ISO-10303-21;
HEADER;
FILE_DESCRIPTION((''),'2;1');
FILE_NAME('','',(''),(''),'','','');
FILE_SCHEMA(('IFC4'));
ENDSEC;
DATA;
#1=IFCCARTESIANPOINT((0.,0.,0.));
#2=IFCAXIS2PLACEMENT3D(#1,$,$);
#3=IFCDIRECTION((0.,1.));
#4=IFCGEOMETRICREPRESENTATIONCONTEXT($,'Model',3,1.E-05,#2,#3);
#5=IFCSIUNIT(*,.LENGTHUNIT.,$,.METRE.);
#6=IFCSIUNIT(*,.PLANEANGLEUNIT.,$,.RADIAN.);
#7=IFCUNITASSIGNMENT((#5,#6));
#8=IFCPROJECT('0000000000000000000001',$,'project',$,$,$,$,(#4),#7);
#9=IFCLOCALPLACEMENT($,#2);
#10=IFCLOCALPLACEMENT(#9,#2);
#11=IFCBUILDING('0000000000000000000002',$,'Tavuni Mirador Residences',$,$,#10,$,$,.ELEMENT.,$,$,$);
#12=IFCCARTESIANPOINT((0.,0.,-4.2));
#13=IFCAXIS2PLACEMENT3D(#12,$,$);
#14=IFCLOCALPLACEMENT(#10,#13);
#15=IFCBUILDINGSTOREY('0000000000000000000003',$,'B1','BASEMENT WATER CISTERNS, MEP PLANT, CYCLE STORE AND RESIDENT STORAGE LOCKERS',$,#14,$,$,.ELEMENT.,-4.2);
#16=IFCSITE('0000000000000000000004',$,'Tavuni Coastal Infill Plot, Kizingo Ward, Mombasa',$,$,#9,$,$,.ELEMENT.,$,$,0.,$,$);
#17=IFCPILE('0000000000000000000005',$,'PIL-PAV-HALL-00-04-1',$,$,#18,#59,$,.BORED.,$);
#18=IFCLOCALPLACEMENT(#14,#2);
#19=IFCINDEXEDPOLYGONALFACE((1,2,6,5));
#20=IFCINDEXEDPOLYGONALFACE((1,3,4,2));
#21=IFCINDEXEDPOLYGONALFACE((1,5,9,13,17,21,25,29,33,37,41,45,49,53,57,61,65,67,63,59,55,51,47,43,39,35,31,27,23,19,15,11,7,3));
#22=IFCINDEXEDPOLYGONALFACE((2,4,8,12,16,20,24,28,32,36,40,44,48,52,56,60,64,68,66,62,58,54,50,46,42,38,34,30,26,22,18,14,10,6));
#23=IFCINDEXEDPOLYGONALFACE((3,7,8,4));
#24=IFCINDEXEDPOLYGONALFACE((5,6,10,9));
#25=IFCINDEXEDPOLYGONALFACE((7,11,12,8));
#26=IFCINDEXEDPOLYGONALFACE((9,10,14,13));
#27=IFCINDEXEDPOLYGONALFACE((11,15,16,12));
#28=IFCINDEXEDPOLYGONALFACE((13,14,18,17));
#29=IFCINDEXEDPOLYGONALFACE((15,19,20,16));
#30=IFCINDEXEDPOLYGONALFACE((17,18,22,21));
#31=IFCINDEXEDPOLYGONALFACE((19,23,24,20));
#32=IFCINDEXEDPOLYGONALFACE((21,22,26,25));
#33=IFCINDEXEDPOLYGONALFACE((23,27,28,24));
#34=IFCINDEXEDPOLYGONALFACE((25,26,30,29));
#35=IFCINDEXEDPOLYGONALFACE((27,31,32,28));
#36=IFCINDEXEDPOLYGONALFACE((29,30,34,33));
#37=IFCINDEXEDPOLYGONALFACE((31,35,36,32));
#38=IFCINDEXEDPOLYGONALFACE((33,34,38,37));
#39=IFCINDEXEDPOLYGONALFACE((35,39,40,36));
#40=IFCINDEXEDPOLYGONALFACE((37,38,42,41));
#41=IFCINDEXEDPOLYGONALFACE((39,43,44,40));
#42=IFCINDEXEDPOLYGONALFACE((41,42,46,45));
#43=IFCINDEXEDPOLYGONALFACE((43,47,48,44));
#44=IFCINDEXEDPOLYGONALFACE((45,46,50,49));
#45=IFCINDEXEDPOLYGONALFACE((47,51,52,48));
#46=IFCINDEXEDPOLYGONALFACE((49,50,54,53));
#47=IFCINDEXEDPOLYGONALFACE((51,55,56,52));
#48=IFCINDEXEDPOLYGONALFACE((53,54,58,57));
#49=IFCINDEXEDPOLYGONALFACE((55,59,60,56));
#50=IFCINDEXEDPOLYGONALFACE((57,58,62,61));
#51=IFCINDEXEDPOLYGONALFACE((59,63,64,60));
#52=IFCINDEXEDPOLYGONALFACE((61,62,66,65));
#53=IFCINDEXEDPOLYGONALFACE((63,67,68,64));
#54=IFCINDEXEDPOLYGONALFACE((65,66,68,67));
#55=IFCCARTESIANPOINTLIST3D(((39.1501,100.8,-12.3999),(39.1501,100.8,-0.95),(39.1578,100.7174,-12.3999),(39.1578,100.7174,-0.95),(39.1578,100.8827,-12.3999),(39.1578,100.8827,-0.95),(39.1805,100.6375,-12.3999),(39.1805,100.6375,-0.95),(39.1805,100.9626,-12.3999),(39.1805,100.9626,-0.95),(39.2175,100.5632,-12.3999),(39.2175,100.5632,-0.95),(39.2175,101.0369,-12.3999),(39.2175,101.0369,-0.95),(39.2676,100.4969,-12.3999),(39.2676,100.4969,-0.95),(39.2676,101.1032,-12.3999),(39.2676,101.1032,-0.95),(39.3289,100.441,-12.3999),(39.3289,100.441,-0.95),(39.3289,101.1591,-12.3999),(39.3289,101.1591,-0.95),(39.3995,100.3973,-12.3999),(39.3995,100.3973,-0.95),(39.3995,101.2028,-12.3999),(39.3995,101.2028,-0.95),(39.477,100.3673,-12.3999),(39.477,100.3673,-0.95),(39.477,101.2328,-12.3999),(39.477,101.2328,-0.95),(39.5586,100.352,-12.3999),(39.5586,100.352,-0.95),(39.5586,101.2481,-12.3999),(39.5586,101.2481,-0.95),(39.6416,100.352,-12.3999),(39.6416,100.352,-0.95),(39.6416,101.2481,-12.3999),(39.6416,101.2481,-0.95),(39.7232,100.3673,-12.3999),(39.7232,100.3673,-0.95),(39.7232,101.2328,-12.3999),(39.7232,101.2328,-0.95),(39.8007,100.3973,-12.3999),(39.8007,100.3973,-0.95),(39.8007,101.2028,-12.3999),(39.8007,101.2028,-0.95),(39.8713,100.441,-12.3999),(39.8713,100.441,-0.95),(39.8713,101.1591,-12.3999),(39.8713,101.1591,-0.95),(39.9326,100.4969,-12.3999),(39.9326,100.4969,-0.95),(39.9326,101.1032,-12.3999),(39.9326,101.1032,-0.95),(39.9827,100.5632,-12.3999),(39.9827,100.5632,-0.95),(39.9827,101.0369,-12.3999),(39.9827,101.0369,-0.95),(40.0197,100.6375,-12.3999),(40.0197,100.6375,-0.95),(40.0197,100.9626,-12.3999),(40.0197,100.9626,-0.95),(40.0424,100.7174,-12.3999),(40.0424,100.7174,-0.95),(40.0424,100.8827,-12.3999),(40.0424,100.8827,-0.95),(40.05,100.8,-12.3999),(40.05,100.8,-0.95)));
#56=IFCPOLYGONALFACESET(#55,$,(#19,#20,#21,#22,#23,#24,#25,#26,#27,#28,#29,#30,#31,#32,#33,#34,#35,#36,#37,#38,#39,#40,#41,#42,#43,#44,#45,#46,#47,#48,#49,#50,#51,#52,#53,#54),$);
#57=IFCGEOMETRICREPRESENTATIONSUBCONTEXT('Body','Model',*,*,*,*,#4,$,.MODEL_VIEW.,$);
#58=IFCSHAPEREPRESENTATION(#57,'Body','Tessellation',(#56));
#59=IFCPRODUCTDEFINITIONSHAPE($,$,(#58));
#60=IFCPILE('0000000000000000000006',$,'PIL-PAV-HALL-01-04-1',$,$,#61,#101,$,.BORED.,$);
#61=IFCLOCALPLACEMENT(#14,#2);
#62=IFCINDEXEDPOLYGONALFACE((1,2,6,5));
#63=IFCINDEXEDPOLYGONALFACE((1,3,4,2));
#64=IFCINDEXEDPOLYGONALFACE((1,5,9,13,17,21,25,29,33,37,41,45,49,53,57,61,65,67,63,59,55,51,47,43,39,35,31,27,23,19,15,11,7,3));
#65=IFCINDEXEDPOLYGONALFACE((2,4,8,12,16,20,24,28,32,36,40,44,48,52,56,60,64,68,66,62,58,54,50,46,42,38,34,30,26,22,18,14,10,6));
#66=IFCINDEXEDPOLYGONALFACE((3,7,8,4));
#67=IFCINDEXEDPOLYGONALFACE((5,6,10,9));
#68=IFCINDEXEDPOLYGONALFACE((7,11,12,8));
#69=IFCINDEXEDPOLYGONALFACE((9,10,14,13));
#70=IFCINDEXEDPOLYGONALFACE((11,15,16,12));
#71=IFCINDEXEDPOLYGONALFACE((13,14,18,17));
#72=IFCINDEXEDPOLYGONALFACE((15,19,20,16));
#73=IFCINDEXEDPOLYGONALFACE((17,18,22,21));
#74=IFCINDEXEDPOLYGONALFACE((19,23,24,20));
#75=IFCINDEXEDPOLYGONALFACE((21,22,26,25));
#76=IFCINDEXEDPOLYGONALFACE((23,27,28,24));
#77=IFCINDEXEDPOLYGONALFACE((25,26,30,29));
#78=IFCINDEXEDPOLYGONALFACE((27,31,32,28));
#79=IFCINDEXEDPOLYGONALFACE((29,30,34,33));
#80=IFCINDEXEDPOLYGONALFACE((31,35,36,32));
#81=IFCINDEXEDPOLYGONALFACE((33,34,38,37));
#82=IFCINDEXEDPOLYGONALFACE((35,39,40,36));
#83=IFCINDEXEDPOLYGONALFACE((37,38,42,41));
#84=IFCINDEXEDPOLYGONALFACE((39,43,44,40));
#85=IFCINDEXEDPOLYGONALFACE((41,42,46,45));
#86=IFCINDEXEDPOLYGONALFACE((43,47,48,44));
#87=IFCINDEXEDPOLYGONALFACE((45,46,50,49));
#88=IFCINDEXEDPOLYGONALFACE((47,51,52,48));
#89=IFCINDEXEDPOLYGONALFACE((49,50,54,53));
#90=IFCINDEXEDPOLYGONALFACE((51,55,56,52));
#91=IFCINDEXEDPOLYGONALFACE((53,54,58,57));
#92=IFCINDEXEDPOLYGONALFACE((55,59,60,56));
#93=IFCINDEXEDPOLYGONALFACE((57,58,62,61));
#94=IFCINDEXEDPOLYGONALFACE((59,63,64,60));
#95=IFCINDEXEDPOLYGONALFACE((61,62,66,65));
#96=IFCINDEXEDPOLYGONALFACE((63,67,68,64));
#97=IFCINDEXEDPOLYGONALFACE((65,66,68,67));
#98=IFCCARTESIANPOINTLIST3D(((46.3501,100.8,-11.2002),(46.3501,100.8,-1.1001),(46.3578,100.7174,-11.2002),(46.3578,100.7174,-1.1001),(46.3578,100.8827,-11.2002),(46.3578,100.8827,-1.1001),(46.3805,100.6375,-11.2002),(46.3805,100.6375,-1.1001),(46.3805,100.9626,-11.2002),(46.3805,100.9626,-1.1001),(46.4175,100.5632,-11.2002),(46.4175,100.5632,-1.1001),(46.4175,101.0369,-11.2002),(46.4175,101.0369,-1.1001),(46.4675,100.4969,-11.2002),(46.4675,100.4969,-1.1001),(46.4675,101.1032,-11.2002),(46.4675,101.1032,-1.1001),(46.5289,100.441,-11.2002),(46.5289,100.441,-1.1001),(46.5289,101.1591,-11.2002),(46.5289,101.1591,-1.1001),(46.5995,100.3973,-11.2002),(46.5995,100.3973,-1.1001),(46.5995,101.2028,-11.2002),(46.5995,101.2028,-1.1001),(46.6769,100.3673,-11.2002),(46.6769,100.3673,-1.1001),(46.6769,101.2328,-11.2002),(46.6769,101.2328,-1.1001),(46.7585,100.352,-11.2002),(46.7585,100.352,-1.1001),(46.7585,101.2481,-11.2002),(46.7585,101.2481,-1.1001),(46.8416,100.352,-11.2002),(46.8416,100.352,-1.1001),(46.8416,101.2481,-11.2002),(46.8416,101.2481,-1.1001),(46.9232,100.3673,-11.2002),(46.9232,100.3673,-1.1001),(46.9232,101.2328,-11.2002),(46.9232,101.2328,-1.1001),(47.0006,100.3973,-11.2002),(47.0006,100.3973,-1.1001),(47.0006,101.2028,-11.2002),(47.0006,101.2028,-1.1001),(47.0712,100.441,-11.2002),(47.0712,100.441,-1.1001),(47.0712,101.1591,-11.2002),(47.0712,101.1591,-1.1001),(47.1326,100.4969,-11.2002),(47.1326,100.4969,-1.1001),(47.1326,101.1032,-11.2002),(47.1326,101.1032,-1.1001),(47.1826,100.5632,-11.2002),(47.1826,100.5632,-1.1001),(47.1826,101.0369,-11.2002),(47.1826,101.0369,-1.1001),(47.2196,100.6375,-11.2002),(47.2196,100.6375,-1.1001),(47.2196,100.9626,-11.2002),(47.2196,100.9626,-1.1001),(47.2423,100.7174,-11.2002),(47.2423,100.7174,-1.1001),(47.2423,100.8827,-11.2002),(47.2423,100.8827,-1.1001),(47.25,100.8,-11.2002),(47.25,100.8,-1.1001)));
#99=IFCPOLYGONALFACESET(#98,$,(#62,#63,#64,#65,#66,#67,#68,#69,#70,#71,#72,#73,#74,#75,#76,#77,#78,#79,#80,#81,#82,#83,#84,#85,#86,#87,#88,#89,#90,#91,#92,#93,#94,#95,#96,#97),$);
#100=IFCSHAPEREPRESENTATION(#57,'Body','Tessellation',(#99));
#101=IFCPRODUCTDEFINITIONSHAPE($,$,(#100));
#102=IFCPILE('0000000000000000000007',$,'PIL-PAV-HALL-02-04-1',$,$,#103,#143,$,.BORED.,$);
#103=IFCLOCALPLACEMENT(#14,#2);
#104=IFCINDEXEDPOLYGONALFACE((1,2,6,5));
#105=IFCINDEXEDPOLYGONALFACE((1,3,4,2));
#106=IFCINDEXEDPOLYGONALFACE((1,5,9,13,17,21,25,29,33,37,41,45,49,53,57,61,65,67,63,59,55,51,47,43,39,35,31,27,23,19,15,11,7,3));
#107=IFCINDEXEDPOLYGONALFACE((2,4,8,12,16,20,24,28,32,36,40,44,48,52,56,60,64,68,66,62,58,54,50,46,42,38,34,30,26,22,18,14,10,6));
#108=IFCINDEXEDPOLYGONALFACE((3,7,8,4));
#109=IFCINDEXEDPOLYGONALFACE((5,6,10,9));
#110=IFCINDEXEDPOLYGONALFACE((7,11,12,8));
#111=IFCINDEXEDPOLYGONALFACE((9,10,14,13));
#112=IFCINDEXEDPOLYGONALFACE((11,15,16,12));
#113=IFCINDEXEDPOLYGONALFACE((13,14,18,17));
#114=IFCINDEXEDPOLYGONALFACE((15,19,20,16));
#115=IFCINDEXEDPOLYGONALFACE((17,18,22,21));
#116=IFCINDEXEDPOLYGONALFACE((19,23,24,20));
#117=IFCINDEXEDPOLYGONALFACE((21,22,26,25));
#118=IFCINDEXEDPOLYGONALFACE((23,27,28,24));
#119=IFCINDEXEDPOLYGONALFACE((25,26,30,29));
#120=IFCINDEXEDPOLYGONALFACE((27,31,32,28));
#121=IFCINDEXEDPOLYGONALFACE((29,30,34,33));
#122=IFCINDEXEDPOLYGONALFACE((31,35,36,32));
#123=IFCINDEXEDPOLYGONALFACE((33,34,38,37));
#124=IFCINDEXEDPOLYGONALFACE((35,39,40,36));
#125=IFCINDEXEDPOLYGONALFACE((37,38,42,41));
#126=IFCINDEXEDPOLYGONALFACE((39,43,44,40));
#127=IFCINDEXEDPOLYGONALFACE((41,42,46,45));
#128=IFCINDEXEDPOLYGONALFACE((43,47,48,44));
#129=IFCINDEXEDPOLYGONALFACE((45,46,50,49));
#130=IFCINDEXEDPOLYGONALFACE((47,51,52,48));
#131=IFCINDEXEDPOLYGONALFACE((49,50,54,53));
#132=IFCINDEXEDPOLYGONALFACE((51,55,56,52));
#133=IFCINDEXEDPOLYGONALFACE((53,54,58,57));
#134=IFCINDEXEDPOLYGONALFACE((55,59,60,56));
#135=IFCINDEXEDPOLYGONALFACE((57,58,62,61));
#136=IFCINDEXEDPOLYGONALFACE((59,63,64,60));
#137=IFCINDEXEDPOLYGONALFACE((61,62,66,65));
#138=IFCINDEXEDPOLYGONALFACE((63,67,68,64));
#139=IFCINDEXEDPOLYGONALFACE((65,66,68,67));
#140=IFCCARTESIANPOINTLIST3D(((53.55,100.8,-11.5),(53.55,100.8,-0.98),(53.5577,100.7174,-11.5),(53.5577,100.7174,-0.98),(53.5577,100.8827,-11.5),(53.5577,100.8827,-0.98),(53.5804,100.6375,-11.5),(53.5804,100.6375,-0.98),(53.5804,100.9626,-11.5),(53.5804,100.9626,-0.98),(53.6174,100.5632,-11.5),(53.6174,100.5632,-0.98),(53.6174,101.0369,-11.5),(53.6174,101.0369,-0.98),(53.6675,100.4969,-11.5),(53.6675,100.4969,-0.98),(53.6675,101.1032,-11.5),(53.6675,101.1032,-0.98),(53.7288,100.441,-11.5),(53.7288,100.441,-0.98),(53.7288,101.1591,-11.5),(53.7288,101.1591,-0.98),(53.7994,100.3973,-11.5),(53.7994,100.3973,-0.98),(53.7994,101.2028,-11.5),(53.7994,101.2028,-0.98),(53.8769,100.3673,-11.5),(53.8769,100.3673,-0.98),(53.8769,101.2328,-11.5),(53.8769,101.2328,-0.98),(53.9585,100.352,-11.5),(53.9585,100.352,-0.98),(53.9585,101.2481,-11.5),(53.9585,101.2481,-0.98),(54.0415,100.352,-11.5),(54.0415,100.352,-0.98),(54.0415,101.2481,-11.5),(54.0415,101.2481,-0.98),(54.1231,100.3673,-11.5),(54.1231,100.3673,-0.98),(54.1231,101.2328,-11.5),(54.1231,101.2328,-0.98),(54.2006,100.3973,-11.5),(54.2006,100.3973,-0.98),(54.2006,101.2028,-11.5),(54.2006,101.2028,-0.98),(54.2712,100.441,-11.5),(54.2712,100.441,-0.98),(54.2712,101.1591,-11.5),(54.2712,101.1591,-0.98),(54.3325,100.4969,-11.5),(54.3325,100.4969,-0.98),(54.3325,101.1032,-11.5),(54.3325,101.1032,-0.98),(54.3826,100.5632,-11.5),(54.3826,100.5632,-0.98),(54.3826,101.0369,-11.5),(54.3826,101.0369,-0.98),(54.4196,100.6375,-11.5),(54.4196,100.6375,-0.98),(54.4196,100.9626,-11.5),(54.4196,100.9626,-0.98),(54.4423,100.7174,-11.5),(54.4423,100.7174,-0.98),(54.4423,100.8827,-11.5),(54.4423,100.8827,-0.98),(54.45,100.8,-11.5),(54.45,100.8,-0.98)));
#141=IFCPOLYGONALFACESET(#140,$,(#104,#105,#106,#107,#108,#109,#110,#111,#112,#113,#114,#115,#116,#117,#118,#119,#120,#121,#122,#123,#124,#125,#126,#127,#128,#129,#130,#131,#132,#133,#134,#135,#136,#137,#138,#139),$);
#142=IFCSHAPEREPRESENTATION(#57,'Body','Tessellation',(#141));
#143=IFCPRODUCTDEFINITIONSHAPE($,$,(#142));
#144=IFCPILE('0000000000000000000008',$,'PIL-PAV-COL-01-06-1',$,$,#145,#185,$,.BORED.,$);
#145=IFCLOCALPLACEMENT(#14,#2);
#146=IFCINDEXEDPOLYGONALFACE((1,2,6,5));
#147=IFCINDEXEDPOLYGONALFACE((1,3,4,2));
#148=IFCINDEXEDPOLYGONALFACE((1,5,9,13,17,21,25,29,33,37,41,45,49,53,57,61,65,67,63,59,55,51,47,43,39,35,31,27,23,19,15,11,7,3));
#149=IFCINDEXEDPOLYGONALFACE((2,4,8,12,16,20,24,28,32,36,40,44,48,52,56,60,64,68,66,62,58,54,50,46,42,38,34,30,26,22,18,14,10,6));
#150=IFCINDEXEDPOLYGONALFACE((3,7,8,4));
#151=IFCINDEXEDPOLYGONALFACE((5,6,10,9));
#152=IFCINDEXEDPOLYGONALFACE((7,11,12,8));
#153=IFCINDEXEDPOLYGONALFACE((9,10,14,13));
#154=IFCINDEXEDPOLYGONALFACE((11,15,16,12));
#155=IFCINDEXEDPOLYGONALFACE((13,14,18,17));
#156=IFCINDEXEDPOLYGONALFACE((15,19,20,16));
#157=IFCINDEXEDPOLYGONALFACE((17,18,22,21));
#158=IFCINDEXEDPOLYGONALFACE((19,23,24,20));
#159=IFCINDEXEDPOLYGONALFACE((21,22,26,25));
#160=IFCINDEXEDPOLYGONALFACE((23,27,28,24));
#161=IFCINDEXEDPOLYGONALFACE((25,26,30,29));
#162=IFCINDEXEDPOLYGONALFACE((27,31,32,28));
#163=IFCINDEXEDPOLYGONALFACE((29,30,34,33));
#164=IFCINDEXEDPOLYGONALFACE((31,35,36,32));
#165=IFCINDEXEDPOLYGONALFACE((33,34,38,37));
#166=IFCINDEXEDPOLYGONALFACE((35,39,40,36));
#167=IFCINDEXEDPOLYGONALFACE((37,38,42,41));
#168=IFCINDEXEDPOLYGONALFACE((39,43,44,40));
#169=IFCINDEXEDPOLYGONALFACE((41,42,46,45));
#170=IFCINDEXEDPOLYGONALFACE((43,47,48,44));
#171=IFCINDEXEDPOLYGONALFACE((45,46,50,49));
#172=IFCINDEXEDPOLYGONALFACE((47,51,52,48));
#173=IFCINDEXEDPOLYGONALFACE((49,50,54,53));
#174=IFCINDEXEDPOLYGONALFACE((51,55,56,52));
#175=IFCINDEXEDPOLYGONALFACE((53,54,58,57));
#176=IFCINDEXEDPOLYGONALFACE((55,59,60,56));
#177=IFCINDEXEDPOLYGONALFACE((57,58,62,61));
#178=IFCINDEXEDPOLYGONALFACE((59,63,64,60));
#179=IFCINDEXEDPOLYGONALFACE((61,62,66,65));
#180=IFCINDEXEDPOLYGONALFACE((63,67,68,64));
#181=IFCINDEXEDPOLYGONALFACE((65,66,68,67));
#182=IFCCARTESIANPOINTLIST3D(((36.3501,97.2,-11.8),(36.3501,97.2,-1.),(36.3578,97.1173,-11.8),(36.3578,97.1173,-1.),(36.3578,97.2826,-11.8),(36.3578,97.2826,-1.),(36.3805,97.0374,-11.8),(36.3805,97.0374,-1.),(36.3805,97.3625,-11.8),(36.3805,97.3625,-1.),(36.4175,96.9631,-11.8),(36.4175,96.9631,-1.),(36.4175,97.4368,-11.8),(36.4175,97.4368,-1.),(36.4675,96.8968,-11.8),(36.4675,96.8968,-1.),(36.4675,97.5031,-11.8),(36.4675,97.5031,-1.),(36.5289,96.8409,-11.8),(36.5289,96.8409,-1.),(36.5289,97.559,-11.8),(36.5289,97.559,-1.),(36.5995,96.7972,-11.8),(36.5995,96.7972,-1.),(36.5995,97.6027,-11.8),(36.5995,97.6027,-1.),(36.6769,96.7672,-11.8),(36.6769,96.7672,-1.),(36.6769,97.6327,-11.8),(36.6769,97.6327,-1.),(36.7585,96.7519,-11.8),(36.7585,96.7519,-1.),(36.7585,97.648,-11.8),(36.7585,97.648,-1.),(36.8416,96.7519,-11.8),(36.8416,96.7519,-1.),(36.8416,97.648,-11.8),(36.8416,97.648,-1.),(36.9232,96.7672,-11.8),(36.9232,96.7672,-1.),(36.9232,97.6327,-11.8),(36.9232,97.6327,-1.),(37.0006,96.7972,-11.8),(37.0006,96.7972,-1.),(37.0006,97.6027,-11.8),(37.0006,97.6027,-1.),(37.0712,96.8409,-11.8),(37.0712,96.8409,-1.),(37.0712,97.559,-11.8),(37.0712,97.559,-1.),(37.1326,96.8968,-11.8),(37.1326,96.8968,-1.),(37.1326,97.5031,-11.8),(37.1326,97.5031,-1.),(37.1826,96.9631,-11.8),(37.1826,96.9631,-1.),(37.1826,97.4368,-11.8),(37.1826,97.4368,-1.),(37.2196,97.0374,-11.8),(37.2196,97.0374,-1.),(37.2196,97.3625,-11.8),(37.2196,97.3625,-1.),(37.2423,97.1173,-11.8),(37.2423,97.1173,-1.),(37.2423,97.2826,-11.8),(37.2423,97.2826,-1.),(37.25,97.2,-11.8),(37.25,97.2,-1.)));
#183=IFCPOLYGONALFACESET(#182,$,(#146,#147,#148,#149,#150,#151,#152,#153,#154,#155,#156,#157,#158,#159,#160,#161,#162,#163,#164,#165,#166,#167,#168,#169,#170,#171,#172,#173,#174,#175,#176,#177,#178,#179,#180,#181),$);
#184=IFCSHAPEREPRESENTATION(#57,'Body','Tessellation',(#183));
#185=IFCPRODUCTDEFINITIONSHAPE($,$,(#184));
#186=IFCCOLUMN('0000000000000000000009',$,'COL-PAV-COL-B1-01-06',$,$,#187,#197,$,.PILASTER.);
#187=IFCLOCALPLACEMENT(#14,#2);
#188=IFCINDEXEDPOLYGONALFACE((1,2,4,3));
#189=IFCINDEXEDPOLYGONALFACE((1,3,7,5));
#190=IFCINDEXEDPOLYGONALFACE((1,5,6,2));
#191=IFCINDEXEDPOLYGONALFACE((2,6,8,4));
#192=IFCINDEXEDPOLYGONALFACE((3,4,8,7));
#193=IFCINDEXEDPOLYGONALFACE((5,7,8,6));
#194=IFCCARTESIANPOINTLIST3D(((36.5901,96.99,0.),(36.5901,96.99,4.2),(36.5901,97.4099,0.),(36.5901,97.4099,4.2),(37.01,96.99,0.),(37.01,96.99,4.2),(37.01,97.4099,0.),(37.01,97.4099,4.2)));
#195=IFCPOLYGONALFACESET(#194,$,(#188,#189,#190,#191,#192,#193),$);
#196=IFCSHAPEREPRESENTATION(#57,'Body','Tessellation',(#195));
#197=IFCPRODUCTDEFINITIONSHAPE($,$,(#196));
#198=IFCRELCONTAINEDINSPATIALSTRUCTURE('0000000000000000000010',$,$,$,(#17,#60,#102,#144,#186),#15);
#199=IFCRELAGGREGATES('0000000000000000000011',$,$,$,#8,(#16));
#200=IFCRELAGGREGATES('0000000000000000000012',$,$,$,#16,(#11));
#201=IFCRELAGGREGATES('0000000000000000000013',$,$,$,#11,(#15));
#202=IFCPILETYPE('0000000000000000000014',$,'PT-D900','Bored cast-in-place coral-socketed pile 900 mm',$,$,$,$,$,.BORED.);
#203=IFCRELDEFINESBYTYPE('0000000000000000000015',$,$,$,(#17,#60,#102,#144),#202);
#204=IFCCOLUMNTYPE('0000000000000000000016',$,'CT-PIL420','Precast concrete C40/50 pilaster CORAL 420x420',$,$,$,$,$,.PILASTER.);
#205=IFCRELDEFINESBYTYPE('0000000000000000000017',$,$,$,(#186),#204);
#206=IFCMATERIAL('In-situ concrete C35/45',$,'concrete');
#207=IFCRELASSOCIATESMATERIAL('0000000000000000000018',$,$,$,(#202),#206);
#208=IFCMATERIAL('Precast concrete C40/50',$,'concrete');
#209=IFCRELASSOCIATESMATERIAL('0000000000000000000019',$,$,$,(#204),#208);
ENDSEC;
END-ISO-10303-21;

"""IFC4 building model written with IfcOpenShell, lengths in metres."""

from ifc_helpers import new_model, si_unit, direction, frame, origin, origin_2d, place, context, subcontext, project, spatial, rectangle, circle, extrude, material, material_profile, profile_set, type_object, element, save


model = new_model("IFC4")

# Units and contexts
model_context = context("Model", 3, precision=1e-05, world=origin(), true_north=direction((0.0, 1.0)))
body_context = subcontext(model_context, "Body", "Model", "MODEL_VIEW")
ifc_project = project(units=[si_unit("LENGTHUNIT", "METRE"), si_unit("PLANEANGLEUNIT", "RADIAN")], contexts=[model_context])

# Site, building, storey
site_placement = place(None, origin())
site = spatial("IfcSite", under=ifc_project, at=site_placement, Name="Tavuni Coastal Infill Plot, Kizingo Ward, Mombasa", CompositionType="ELEMENT", RefElevation=0.0)
building_placement = place(site_placement, origin())
building = spatial("IfcBuilding", under=site, at=building_placement, Name="Tavuni Mirador Residences", CompositionType="ELEMENT")
storey_placement = place(building_placement, frame((0.0, 0.0, -4.2)))
storey = spatial("IfcBuildingStorey", under=building, at=storey_placement, Name="B1", Description="BASEMENT WATER CISTERNS, MEP PLANT, CYCLE STORE AND RESIDENT STORAGE LOCKERS", CompositionType="ELEMENT", Elevation=-4.2)

# Shared definitions
ifc_material_1 = material(Name="In-situ concrete C35/45", Category="concrete")

# Piles
ifc_material_profile_1 = material_profile(ifc_material_1, circle(Radius=0.45, at=origin_2d()), Name="PILE D900", Category="concrete")
ifc_profile_set_1 = profile_set([ifc_material_profile_1], Name="In-situ concrete C35/45")
pile_type_1 = type_object("IfcPileType", Name="PT-D900", Description="Bored cast-in-place coral-socketed pile 900 mm", PredefinedType="BORED", material=ifc_profile_set_1)
pile_1_placement = place(storey_placement, frame((39.6001, 100.8, -0.95), z_axis=(0.0, 0.0, -1.0), x_axis=(1.0, 0.0, 0.0)))
element("IfcPile", 1, at=pile_1_placement, inside=storey, type_object=pile_type_1, Name="PIL-PAV-HALL-00-04-1", PredefinedType="BORED", context=body_context, shape_type="SweptSolid", body=[
    extrude(circle(Radius=0.45, at=origin_2d()), origin(), (0.0, 0.0, 1.0), 11.45),
])
pile_2_placement = place(storey_placement, frame((46.8, 100.8, -1.1001), z_axis=(0.0, 0.0, -1.0), x_axis=(1.0, 0.0, 0.0)))
element("IfcPile", 2, at=pile_2_placement, inside=storey, type_object=pile_type_1, Name="PIL-PAV-HALL-01-04-1", PredefinedType="BORED", context=body_context, shape_type="SweptSolid", body=[
    extrude(circle(Radius=0.45, at=origin_2d()), origin(), (0.0, 0.0, 1.0), 10.1001),
])
pile_3_placement = place(storey_placement, frame((54.0, 100.8, -0.98), z_axis=(0.0, 0.0, -1.0), x_axis=(1.0, 0.0, 0.0)))
element("IfcPile", 3, at=pile_3_placement, inside=storey, type_object=pile_type_1, Name="PIL-PAV-HALL-02-04-1", PredefinedType="BORED", context=body_context, shape_type="SweptSolid", body=[
    extrude(circle(Radius=0.45, at=origin_2d()), origin(), (0.0, 0.0, 1.0), 10.52),
])
pile_4_placement = place(storey_placement, frame((36.8, 97.2, -1.0), z_axis=(0.0, 0.0, -1.0), x_axis=(1.0, 0.0, 0.0)))
element("IfcPile", 4, at=pile_4_placement, inside=storey, type_object=pile_type_1, Name="PIL-PAV-COL-01-06-1", PredefinedType="BORED", context=body_context, shape_type="SweptSolid", body=[
    extrude(circle(Radius=0.45, at=origin_2d()), origin(), (0.0, 0.0, 1.0), 10.8),
])

# Column
ifc_material_2 = material(Name="Precast concrete C40/50", Category="concrete")
ifc_material_profile_2 = material_profile(ifc_material_2, rectangle(XDim=0.4199, YDim=0.4199, at=origin_2d()), Name="CORAL 420x420", Category="concrete")
ifc_profile_set_2 = profile_set([ifc_material_profile_2], Name="Precast concrete C40/50")
column_type_1 = type_object("IfcColumnType", Name="CT-PIL420", Description="Precast concrete C40/50 pilaster CORAL 420x420", PredefinedType="PILASTER", material=ifc_profile_set_2)
for number, where, z_axis, x_axis, name in (
    (5, (36.8, 97.2, 0.0), (0.0, 0.0, 1.0), (1.0, 0.0, 0.0), "COL-PAV-COL-B1-01-06"),
):
    element("IfcColumn", number, at=place(storey_placement, frame(where, z_axis=z_axis, x_axis=x_axis)), inside=storey, type_object=column_type_1, Name=name, PredefinedType="PILASTER", context=body_context, shape_type="SweptSolid", body=[
        extrude(rectangle(XDim=0.4199, YDim=0.4199, at=origin_2d()), origin(), (0.0, 0.0, 1.0), 4.2),
    ])

save(model, "model.ifc")
